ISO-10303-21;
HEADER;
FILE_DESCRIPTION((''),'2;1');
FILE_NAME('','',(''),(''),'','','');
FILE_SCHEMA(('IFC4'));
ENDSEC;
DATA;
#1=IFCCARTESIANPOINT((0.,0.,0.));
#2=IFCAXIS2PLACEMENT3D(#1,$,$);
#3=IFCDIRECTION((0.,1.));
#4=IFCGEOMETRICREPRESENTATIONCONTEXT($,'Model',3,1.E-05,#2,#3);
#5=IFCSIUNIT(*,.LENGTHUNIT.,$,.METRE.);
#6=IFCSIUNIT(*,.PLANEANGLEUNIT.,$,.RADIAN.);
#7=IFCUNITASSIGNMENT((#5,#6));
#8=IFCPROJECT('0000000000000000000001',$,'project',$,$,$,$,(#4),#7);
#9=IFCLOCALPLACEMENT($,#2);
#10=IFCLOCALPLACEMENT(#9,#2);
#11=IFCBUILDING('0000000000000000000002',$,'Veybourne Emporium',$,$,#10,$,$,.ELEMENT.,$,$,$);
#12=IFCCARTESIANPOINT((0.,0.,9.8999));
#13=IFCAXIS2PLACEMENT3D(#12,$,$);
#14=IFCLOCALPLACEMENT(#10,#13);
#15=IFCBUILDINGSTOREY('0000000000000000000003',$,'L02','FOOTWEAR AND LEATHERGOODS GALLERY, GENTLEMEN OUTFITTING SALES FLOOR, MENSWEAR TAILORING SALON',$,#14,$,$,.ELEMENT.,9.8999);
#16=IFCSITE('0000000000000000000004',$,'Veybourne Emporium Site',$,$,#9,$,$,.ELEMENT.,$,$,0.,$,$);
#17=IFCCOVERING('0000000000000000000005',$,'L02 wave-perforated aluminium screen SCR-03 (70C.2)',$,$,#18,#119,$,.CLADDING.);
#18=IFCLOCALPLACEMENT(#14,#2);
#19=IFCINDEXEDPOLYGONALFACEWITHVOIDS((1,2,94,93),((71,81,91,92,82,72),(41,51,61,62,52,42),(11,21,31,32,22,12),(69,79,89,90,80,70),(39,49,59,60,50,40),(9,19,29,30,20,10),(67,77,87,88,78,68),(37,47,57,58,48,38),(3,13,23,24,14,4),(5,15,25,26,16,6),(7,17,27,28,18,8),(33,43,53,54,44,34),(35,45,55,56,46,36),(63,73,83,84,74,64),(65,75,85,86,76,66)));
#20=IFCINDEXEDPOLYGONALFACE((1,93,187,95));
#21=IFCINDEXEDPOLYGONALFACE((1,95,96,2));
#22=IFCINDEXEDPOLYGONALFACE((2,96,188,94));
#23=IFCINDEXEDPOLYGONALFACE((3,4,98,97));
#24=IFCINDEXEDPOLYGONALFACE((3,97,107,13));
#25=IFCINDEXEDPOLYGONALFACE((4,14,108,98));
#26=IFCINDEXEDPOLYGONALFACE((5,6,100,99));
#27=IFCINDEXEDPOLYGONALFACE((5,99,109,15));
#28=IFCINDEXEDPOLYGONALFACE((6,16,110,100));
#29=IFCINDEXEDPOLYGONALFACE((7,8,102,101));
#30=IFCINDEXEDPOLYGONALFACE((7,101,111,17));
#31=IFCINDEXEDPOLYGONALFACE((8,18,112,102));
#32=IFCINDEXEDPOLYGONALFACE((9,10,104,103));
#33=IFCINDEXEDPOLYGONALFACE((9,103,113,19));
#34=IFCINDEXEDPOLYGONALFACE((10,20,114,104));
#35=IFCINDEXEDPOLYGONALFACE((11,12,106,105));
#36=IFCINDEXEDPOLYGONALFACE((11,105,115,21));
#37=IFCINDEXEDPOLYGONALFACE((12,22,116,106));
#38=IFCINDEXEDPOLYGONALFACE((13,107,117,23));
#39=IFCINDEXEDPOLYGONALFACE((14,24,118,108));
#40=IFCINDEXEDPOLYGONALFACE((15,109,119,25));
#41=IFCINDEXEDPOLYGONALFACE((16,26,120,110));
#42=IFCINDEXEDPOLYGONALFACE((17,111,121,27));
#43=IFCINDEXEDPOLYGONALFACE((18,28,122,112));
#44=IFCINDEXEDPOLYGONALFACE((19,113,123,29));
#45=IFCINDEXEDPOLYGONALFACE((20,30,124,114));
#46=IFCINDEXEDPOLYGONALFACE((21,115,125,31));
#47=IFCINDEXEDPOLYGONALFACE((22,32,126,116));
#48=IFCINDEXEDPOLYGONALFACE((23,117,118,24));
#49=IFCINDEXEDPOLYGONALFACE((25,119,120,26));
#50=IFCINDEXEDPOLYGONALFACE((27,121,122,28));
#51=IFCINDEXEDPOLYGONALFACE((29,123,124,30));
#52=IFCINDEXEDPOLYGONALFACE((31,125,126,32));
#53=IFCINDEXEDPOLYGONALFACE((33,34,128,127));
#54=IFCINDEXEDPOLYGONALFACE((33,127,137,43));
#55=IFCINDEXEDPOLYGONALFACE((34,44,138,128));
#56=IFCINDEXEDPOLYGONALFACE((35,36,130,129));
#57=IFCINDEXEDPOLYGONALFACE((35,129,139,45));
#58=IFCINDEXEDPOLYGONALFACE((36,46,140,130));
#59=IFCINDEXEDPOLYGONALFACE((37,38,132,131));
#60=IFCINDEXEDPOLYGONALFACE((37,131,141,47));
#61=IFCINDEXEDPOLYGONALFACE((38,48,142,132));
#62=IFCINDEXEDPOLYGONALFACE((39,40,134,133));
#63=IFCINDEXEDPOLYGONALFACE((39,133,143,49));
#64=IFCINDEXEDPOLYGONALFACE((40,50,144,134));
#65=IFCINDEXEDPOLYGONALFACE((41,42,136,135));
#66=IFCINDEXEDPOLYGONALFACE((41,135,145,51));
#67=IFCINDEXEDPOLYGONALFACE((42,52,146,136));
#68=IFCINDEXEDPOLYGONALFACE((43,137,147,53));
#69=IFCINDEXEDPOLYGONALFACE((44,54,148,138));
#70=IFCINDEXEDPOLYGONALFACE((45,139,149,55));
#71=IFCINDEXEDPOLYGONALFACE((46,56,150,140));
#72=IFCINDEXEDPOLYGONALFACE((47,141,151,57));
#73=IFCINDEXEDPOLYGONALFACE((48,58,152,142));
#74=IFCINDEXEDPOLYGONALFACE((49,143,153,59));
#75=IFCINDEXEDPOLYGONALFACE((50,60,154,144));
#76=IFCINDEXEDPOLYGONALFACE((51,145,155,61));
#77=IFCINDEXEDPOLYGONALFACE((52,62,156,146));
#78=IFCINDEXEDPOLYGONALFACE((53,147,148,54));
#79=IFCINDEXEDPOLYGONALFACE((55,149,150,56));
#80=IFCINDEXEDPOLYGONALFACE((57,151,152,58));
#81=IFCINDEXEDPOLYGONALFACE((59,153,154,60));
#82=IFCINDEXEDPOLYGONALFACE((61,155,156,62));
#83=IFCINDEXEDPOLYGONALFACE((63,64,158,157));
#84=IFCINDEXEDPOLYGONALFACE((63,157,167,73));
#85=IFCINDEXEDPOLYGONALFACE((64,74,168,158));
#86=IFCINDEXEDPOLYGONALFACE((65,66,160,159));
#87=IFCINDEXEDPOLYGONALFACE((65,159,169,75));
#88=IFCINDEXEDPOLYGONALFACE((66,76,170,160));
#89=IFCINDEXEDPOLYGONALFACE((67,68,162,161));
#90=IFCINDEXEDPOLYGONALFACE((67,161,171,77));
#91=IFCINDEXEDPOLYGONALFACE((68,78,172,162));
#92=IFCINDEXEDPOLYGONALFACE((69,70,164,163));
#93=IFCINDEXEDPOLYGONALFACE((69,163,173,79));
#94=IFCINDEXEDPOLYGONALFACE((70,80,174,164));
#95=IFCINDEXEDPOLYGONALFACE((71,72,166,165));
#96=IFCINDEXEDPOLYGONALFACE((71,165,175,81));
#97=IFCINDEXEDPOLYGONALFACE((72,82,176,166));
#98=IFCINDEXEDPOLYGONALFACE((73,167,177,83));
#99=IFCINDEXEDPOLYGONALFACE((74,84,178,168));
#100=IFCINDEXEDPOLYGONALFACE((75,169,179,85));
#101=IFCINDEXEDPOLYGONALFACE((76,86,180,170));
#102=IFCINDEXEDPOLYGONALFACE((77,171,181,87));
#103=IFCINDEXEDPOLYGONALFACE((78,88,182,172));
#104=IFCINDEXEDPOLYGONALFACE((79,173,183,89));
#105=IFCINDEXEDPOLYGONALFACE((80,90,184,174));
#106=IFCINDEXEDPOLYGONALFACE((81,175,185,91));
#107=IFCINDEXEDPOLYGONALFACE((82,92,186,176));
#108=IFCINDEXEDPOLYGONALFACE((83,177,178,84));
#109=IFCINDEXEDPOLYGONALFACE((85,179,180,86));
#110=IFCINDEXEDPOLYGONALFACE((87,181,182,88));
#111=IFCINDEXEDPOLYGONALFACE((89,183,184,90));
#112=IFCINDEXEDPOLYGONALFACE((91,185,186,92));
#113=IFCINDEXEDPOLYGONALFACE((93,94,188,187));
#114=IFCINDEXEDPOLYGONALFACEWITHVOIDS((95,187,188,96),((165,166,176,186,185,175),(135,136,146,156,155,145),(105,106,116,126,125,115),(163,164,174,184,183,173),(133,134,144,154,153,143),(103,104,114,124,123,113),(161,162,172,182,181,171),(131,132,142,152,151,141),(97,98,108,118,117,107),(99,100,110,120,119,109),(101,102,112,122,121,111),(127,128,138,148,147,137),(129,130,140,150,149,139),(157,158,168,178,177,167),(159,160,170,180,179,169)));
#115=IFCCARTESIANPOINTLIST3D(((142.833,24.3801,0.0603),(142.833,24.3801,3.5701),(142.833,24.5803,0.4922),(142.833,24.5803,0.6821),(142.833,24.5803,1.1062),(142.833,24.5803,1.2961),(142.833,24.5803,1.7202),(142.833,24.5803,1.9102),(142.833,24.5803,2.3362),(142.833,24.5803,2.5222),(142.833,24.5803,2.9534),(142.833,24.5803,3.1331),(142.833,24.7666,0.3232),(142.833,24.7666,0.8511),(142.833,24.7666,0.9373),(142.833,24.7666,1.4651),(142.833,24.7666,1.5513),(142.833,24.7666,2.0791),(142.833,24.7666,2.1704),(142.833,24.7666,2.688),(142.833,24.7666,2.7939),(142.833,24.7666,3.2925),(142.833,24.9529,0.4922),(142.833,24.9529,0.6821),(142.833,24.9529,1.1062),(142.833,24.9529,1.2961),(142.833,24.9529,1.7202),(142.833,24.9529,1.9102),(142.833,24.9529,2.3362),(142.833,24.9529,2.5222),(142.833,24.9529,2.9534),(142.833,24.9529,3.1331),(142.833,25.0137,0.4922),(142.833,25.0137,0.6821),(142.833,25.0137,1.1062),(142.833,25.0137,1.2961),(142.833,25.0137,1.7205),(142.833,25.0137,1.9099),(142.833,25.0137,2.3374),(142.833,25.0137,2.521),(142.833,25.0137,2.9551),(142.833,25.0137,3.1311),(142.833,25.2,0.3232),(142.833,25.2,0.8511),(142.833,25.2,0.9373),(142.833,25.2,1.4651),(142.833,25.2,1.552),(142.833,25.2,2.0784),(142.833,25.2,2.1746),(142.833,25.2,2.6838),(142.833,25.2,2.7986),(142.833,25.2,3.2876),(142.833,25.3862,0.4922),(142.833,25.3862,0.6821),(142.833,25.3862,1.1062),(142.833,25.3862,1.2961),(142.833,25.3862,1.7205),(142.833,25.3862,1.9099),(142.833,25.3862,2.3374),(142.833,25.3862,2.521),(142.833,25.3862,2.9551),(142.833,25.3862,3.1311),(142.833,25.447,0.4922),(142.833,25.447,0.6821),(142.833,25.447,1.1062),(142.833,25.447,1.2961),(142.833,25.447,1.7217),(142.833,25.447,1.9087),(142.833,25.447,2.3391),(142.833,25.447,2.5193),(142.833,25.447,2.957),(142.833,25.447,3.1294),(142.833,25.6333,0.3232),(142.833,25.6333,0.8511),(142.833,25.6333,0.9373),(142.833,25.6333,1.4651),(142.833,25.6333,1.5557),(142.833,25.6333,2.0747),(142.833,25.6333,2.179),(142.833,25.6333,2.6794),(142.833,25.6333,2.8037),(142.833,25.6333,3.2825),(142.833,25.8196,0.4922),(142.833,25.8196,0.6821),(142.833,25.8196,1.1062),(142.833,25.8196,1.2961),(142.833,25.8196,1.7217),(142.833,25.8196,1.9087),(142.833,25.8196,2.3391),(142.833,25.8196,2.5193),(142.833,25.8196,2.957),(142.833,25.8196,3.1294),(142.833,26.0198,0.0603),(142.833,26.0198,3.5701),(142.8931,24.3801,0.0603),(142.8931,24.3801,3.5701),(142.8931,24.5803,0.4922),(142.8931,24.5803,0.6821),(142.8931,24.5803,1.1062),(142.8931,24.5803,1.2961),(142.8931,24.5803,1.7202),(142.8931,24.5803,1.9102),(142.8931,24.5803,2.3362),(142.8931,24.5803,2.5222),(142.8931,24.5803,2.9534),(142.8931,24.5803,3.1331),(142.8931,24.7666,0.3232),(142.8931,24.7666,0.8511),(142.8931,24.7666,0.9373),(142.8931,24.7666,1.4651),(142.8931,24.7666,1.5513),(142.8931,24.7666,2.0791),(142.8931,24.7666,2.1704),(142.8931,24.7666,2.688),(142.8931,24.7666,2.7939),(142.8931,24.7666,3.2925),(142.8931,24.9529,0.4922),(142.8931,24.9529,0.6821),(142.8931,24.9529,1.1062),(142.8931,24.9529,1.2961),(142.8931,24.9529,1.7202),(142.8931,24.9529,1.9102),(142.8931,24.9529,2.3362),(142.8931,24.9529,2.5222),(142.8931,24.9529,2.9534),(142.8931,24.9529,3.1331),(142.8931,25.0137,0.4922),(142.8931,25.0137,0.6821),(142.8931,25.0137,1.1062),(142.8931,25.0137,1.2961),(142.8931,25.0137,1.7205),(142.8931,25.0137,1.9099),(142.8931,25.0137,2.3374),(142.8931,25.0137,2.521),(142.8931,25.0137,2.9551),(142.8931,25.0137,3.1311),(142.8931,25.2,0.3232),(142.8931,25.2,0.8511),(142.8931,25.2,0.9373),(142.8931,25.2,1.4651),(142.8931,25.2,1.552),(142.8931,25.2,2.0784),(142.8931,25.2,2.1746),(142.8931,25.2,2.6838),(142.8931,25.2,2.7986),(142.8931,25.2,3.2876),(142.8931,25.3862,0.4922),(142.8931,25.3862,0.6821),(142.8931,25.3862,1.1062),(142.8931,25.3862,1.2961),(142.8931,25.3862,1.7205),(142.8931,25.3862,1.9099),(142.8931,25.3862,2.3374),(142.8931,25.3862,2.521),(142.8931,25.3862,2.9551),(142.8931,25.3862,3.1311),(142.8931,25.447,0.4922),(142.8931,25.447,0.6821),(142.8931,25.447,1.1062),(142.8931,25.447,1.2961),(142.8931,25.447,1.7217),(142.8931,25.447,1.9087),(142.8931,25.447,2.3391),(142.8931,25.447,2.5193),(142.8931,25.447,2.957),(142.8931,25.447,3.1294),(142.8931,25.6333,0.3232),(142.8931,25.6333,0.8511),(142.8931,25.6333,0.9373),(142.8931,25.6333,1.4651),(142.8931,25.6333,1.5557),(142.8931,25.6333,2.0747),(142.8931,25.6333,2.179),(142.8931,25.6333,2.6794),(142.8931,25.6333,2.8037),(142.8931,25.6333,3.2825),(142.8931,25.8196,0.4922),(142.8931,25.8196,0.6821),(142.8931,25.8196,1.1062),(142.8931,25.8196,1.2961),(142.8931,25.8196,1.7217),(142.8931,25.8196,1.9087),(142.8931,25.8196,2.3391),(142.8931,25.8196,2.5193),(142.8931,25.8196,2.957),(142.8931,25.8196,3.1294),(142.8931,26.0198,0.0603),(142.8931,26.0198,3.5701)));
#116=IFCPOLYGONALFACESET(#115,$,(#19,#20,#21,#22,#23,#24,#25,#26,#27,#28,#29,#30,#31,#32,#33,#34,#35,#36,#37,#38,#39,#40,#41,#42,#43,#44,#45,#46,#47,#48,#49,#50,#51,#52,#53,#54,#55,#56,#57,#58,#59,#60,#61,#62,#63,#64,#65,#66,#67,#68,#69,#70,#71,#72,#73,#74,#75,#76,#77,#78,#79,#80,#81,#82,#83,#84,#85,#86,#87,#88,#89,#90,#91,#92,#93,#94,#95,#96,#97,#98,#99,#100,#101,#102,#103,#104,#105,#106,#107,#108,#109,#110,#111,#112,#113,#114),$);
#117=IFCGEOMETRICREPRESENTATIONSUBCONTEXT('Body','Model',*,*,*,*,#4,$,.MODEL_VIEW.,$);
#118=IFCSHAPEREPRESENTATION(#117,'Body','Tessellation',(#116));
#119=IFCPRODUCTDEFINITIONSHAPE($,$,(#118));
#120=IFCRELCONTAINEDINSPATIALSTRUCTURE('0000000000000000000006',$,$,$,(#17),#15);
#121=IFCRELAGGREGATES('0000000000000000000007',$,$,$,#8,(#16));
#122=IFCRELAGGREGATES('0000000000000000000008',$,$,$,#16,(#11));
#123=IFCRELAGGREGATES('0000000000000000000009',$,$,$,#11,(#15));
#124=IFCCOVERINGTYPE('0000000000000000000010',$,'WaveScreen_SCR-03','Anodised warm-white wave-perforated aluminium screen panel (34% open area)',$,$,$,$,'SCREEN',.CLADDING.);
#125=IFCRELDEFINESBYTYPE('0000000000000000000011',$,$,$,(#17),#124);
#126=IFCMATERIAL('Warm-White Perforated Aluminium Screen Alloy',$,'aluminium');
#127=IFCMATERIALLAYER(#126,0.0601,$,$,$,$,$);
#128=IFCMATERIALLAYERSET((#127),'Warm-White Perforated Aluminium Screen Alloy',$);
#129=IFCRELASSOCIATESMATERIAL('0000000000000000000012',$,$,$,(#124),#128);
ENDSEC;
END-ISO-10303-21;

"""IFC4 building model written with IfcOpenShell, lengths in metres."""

from ifc_helpers import new_model, si_unit, direction, frame, origin, place, context, subcontext, project, spatial, polyline, outline, extrude, material, layer, layer_set, type_object, element, save


model = new_model("IFC4")

# Units and contexts
model_context = context("Model", 3, precision=1e-05, world=origin(), true_north=direction((0.0, 1.0)))
body_context = subcontext(model_context, "Body", "Model", "MODEL_VIEW")
ifc_project = project(units=[si_unit("LENGTHUNIT", "METRE"), si_unit("PLANEANGLEUNIT", "RADIAN")], contexts=[model_context])

# Site, building, storey
site_placement = place(None, origin())
site = spatial("IfcSite", under=ifc_project, at=site_placement, Name="Veybourne Emporium Site", CompositionType="ELEMENT", RefElevation=0.0)
building_placement = place(site_placement, origin())
building = spatial("IfcBuilding", under=site, at=building_placement, Name="Veybourne Emporium", CompositionType="ELEMENT")
storey_placement = place(building_placement, frame((0.0, 0.0, 9.8999)))
storey = spatial("IfcBuildingStorey", under=building, at=storey_placement, Name="L02", Description="FOOTWEAR AND LEATHERGOODS GALLERY, GENTLEMEN OUTFITTING SALES FLOOR, MENSWEAR TAILORING SALON", CompositionType="ELEMENT", Elevation=9.8999)

# Covering
ifc_material_1 = material(Name="Warm-White Perforated Aluminium Screen Alloy", Category="aluminium")
ifc_layer_1 = layer(ifc_material_1, 0.0601)
ifc_layer_set_1 = layer_set([ifc_layer_1], Name="Warm-White Perforated Aluminium Screen Alloy")
covering_type_1 = type_object("IfcCoveringType", Name="WaveScreen_SCR-03", Description="Anodised warm-white wave-perforated aluminium screen panel (34% open area)", ElementType="SCREEN", PredefinedType="CLADDING", material=ifc_layer_set_1)
covering_1_placement = place(storey_placement, frame((142.8931, 25.2, 1.8152), z_axis=(-1.0, 0.0, 0.0), x_axis=(0.0, -1.0, 0.0)))
element("IfcCovering", 1, at=covering_1_placement, inside=storey, type_object=covering_type_1, Name="L02 wave-perforated aluminium screen SCR-03 (70C.2)", PredefinedType="CLADDING", context=body_context, shape_type="SweptSolid", body=[
    extrude(outline(polyline([(-0.8198, -1.7549), (0.8198, -1.7549), (0.8198, 1.7549), (-0.8198, 1.7549), (-0.8198, -1.7549)]), holes=[polyline([(-0.4333, -0.9641), (-0.2471, -1.1331), (-0.2471, -1.323), (-0.4333, -1.4919), (-0.6196, -1.323), (-0.6196, -1.1331), (-0.4333, -0.9641)]), polyline([(-0.4333, -0.3501), (-0.2471, -0.519), (-0.2471, -0.709), (-0.4333, -0.8779), (-0.6196, -0.709), (-0.6196, -0.519), (-0.4333, -0.3501)]), polyline([(-0.4333, 0.2595), (-0.2471, 0.0935), (-0.2471, -0.0935), (-0.4333, -0.2595), (-0.6196, -0.0935), (-0.6196, 0.0935), (-0.4333, 0.2595)]), polyline([(-0.4333, 0.8643), (-0.2471, 0.7041), (-0.2471, 0.5239), (-0.4333, 0.3638), (-0.6196, 0.5239), (-0.6196, 0.7041), (-0.4333, 0.8643)]), polyline([(-0.4333, 1.4673), (-0.2471, 1.3142), (-0.2471, 1.1418), (-0.4333, 0.9885), (-0.6196, 1.1418), (-0.6196, 1.3142), (-0.4333, 1.4673)]), polyline([(0.0, -0.9641), (0.1863, -1.1331), (0.1863, -1.323), (0.0, -1.4919), (-0.1863, -1.323), (-0.1863, -1.1331), (0.0, -0.9641)]), polyline([(0.0, -0.3501), (0.1863, -0.519), (0.1863, -0.709), (0.0, -0.8779), (-0.1863, -0.709), (-0.1863, -0.519), (0.0, -0.3501)]), polyline([(0.0, 0.2632), (0.1863, 0.0947), (0.1863, -0.0947), (0.0, -0.2632), (-0.1863, -0.0947), (-0.1863, 0.0947), (0.0, 0.2632)]), polyline([(0.0, 0.8687), (0.1863, 0.7058), (0.1863, 0.5222), (0.0, 0.3594), (-0.1863, 0.5222), (-0.1863, 0.7058), (0.0, 0.8687)]), polyline([(0.0, 1.4724), (0.1863, 1.3159), (0.1863, 1.1399), (0.0, 0.9834), (-0.1863, 1.1399), (-0.1863, 1.3159), (0.0, 1.4724)]), polyline([(0.4333, -0.9641), (0.6196, -1.1331), (0.6196, -1.323), (0.4333, -1.4919), (0.2471, -1.323), (0.2471, -1.1331), (0.4333, -0.9641)]), polyline([(0.4333, -0.3501), (0.6196, -0.519), (0.6196, -0.709), (0.4333, -0.8779), (0.2471, -0.709), (0.2471, -0.519), (0.4333, -0.3501)]), polyline([(0.4333, 0.2639), (0.6196, 0.095), (0.6196, -0.095), (0.4333, -0.2639), (0.2471, -0.095), (0.2471, 0.095), (0.4333, 0.2639)]), polyline([(0.4333, 0.8728), (0.6196, 0.707), (0.6196, 0.521), (0.4333, 0.3552), (0.2471, 0.521), (0.2471, 0.707), (0.4333, 0.8728)]), polyline([(0.4333, 1.4773), (0.6196, 1.3179), (0.6196, 1.1382), (0.4333, 0.9788), (0.2471, 1.1382), (0.2471, 1.3179), (0.4333, 1.4773)])]), origin(), (0.0, 0.0, 1.0), 0.0601),
])

save(model, "model.ifc")
